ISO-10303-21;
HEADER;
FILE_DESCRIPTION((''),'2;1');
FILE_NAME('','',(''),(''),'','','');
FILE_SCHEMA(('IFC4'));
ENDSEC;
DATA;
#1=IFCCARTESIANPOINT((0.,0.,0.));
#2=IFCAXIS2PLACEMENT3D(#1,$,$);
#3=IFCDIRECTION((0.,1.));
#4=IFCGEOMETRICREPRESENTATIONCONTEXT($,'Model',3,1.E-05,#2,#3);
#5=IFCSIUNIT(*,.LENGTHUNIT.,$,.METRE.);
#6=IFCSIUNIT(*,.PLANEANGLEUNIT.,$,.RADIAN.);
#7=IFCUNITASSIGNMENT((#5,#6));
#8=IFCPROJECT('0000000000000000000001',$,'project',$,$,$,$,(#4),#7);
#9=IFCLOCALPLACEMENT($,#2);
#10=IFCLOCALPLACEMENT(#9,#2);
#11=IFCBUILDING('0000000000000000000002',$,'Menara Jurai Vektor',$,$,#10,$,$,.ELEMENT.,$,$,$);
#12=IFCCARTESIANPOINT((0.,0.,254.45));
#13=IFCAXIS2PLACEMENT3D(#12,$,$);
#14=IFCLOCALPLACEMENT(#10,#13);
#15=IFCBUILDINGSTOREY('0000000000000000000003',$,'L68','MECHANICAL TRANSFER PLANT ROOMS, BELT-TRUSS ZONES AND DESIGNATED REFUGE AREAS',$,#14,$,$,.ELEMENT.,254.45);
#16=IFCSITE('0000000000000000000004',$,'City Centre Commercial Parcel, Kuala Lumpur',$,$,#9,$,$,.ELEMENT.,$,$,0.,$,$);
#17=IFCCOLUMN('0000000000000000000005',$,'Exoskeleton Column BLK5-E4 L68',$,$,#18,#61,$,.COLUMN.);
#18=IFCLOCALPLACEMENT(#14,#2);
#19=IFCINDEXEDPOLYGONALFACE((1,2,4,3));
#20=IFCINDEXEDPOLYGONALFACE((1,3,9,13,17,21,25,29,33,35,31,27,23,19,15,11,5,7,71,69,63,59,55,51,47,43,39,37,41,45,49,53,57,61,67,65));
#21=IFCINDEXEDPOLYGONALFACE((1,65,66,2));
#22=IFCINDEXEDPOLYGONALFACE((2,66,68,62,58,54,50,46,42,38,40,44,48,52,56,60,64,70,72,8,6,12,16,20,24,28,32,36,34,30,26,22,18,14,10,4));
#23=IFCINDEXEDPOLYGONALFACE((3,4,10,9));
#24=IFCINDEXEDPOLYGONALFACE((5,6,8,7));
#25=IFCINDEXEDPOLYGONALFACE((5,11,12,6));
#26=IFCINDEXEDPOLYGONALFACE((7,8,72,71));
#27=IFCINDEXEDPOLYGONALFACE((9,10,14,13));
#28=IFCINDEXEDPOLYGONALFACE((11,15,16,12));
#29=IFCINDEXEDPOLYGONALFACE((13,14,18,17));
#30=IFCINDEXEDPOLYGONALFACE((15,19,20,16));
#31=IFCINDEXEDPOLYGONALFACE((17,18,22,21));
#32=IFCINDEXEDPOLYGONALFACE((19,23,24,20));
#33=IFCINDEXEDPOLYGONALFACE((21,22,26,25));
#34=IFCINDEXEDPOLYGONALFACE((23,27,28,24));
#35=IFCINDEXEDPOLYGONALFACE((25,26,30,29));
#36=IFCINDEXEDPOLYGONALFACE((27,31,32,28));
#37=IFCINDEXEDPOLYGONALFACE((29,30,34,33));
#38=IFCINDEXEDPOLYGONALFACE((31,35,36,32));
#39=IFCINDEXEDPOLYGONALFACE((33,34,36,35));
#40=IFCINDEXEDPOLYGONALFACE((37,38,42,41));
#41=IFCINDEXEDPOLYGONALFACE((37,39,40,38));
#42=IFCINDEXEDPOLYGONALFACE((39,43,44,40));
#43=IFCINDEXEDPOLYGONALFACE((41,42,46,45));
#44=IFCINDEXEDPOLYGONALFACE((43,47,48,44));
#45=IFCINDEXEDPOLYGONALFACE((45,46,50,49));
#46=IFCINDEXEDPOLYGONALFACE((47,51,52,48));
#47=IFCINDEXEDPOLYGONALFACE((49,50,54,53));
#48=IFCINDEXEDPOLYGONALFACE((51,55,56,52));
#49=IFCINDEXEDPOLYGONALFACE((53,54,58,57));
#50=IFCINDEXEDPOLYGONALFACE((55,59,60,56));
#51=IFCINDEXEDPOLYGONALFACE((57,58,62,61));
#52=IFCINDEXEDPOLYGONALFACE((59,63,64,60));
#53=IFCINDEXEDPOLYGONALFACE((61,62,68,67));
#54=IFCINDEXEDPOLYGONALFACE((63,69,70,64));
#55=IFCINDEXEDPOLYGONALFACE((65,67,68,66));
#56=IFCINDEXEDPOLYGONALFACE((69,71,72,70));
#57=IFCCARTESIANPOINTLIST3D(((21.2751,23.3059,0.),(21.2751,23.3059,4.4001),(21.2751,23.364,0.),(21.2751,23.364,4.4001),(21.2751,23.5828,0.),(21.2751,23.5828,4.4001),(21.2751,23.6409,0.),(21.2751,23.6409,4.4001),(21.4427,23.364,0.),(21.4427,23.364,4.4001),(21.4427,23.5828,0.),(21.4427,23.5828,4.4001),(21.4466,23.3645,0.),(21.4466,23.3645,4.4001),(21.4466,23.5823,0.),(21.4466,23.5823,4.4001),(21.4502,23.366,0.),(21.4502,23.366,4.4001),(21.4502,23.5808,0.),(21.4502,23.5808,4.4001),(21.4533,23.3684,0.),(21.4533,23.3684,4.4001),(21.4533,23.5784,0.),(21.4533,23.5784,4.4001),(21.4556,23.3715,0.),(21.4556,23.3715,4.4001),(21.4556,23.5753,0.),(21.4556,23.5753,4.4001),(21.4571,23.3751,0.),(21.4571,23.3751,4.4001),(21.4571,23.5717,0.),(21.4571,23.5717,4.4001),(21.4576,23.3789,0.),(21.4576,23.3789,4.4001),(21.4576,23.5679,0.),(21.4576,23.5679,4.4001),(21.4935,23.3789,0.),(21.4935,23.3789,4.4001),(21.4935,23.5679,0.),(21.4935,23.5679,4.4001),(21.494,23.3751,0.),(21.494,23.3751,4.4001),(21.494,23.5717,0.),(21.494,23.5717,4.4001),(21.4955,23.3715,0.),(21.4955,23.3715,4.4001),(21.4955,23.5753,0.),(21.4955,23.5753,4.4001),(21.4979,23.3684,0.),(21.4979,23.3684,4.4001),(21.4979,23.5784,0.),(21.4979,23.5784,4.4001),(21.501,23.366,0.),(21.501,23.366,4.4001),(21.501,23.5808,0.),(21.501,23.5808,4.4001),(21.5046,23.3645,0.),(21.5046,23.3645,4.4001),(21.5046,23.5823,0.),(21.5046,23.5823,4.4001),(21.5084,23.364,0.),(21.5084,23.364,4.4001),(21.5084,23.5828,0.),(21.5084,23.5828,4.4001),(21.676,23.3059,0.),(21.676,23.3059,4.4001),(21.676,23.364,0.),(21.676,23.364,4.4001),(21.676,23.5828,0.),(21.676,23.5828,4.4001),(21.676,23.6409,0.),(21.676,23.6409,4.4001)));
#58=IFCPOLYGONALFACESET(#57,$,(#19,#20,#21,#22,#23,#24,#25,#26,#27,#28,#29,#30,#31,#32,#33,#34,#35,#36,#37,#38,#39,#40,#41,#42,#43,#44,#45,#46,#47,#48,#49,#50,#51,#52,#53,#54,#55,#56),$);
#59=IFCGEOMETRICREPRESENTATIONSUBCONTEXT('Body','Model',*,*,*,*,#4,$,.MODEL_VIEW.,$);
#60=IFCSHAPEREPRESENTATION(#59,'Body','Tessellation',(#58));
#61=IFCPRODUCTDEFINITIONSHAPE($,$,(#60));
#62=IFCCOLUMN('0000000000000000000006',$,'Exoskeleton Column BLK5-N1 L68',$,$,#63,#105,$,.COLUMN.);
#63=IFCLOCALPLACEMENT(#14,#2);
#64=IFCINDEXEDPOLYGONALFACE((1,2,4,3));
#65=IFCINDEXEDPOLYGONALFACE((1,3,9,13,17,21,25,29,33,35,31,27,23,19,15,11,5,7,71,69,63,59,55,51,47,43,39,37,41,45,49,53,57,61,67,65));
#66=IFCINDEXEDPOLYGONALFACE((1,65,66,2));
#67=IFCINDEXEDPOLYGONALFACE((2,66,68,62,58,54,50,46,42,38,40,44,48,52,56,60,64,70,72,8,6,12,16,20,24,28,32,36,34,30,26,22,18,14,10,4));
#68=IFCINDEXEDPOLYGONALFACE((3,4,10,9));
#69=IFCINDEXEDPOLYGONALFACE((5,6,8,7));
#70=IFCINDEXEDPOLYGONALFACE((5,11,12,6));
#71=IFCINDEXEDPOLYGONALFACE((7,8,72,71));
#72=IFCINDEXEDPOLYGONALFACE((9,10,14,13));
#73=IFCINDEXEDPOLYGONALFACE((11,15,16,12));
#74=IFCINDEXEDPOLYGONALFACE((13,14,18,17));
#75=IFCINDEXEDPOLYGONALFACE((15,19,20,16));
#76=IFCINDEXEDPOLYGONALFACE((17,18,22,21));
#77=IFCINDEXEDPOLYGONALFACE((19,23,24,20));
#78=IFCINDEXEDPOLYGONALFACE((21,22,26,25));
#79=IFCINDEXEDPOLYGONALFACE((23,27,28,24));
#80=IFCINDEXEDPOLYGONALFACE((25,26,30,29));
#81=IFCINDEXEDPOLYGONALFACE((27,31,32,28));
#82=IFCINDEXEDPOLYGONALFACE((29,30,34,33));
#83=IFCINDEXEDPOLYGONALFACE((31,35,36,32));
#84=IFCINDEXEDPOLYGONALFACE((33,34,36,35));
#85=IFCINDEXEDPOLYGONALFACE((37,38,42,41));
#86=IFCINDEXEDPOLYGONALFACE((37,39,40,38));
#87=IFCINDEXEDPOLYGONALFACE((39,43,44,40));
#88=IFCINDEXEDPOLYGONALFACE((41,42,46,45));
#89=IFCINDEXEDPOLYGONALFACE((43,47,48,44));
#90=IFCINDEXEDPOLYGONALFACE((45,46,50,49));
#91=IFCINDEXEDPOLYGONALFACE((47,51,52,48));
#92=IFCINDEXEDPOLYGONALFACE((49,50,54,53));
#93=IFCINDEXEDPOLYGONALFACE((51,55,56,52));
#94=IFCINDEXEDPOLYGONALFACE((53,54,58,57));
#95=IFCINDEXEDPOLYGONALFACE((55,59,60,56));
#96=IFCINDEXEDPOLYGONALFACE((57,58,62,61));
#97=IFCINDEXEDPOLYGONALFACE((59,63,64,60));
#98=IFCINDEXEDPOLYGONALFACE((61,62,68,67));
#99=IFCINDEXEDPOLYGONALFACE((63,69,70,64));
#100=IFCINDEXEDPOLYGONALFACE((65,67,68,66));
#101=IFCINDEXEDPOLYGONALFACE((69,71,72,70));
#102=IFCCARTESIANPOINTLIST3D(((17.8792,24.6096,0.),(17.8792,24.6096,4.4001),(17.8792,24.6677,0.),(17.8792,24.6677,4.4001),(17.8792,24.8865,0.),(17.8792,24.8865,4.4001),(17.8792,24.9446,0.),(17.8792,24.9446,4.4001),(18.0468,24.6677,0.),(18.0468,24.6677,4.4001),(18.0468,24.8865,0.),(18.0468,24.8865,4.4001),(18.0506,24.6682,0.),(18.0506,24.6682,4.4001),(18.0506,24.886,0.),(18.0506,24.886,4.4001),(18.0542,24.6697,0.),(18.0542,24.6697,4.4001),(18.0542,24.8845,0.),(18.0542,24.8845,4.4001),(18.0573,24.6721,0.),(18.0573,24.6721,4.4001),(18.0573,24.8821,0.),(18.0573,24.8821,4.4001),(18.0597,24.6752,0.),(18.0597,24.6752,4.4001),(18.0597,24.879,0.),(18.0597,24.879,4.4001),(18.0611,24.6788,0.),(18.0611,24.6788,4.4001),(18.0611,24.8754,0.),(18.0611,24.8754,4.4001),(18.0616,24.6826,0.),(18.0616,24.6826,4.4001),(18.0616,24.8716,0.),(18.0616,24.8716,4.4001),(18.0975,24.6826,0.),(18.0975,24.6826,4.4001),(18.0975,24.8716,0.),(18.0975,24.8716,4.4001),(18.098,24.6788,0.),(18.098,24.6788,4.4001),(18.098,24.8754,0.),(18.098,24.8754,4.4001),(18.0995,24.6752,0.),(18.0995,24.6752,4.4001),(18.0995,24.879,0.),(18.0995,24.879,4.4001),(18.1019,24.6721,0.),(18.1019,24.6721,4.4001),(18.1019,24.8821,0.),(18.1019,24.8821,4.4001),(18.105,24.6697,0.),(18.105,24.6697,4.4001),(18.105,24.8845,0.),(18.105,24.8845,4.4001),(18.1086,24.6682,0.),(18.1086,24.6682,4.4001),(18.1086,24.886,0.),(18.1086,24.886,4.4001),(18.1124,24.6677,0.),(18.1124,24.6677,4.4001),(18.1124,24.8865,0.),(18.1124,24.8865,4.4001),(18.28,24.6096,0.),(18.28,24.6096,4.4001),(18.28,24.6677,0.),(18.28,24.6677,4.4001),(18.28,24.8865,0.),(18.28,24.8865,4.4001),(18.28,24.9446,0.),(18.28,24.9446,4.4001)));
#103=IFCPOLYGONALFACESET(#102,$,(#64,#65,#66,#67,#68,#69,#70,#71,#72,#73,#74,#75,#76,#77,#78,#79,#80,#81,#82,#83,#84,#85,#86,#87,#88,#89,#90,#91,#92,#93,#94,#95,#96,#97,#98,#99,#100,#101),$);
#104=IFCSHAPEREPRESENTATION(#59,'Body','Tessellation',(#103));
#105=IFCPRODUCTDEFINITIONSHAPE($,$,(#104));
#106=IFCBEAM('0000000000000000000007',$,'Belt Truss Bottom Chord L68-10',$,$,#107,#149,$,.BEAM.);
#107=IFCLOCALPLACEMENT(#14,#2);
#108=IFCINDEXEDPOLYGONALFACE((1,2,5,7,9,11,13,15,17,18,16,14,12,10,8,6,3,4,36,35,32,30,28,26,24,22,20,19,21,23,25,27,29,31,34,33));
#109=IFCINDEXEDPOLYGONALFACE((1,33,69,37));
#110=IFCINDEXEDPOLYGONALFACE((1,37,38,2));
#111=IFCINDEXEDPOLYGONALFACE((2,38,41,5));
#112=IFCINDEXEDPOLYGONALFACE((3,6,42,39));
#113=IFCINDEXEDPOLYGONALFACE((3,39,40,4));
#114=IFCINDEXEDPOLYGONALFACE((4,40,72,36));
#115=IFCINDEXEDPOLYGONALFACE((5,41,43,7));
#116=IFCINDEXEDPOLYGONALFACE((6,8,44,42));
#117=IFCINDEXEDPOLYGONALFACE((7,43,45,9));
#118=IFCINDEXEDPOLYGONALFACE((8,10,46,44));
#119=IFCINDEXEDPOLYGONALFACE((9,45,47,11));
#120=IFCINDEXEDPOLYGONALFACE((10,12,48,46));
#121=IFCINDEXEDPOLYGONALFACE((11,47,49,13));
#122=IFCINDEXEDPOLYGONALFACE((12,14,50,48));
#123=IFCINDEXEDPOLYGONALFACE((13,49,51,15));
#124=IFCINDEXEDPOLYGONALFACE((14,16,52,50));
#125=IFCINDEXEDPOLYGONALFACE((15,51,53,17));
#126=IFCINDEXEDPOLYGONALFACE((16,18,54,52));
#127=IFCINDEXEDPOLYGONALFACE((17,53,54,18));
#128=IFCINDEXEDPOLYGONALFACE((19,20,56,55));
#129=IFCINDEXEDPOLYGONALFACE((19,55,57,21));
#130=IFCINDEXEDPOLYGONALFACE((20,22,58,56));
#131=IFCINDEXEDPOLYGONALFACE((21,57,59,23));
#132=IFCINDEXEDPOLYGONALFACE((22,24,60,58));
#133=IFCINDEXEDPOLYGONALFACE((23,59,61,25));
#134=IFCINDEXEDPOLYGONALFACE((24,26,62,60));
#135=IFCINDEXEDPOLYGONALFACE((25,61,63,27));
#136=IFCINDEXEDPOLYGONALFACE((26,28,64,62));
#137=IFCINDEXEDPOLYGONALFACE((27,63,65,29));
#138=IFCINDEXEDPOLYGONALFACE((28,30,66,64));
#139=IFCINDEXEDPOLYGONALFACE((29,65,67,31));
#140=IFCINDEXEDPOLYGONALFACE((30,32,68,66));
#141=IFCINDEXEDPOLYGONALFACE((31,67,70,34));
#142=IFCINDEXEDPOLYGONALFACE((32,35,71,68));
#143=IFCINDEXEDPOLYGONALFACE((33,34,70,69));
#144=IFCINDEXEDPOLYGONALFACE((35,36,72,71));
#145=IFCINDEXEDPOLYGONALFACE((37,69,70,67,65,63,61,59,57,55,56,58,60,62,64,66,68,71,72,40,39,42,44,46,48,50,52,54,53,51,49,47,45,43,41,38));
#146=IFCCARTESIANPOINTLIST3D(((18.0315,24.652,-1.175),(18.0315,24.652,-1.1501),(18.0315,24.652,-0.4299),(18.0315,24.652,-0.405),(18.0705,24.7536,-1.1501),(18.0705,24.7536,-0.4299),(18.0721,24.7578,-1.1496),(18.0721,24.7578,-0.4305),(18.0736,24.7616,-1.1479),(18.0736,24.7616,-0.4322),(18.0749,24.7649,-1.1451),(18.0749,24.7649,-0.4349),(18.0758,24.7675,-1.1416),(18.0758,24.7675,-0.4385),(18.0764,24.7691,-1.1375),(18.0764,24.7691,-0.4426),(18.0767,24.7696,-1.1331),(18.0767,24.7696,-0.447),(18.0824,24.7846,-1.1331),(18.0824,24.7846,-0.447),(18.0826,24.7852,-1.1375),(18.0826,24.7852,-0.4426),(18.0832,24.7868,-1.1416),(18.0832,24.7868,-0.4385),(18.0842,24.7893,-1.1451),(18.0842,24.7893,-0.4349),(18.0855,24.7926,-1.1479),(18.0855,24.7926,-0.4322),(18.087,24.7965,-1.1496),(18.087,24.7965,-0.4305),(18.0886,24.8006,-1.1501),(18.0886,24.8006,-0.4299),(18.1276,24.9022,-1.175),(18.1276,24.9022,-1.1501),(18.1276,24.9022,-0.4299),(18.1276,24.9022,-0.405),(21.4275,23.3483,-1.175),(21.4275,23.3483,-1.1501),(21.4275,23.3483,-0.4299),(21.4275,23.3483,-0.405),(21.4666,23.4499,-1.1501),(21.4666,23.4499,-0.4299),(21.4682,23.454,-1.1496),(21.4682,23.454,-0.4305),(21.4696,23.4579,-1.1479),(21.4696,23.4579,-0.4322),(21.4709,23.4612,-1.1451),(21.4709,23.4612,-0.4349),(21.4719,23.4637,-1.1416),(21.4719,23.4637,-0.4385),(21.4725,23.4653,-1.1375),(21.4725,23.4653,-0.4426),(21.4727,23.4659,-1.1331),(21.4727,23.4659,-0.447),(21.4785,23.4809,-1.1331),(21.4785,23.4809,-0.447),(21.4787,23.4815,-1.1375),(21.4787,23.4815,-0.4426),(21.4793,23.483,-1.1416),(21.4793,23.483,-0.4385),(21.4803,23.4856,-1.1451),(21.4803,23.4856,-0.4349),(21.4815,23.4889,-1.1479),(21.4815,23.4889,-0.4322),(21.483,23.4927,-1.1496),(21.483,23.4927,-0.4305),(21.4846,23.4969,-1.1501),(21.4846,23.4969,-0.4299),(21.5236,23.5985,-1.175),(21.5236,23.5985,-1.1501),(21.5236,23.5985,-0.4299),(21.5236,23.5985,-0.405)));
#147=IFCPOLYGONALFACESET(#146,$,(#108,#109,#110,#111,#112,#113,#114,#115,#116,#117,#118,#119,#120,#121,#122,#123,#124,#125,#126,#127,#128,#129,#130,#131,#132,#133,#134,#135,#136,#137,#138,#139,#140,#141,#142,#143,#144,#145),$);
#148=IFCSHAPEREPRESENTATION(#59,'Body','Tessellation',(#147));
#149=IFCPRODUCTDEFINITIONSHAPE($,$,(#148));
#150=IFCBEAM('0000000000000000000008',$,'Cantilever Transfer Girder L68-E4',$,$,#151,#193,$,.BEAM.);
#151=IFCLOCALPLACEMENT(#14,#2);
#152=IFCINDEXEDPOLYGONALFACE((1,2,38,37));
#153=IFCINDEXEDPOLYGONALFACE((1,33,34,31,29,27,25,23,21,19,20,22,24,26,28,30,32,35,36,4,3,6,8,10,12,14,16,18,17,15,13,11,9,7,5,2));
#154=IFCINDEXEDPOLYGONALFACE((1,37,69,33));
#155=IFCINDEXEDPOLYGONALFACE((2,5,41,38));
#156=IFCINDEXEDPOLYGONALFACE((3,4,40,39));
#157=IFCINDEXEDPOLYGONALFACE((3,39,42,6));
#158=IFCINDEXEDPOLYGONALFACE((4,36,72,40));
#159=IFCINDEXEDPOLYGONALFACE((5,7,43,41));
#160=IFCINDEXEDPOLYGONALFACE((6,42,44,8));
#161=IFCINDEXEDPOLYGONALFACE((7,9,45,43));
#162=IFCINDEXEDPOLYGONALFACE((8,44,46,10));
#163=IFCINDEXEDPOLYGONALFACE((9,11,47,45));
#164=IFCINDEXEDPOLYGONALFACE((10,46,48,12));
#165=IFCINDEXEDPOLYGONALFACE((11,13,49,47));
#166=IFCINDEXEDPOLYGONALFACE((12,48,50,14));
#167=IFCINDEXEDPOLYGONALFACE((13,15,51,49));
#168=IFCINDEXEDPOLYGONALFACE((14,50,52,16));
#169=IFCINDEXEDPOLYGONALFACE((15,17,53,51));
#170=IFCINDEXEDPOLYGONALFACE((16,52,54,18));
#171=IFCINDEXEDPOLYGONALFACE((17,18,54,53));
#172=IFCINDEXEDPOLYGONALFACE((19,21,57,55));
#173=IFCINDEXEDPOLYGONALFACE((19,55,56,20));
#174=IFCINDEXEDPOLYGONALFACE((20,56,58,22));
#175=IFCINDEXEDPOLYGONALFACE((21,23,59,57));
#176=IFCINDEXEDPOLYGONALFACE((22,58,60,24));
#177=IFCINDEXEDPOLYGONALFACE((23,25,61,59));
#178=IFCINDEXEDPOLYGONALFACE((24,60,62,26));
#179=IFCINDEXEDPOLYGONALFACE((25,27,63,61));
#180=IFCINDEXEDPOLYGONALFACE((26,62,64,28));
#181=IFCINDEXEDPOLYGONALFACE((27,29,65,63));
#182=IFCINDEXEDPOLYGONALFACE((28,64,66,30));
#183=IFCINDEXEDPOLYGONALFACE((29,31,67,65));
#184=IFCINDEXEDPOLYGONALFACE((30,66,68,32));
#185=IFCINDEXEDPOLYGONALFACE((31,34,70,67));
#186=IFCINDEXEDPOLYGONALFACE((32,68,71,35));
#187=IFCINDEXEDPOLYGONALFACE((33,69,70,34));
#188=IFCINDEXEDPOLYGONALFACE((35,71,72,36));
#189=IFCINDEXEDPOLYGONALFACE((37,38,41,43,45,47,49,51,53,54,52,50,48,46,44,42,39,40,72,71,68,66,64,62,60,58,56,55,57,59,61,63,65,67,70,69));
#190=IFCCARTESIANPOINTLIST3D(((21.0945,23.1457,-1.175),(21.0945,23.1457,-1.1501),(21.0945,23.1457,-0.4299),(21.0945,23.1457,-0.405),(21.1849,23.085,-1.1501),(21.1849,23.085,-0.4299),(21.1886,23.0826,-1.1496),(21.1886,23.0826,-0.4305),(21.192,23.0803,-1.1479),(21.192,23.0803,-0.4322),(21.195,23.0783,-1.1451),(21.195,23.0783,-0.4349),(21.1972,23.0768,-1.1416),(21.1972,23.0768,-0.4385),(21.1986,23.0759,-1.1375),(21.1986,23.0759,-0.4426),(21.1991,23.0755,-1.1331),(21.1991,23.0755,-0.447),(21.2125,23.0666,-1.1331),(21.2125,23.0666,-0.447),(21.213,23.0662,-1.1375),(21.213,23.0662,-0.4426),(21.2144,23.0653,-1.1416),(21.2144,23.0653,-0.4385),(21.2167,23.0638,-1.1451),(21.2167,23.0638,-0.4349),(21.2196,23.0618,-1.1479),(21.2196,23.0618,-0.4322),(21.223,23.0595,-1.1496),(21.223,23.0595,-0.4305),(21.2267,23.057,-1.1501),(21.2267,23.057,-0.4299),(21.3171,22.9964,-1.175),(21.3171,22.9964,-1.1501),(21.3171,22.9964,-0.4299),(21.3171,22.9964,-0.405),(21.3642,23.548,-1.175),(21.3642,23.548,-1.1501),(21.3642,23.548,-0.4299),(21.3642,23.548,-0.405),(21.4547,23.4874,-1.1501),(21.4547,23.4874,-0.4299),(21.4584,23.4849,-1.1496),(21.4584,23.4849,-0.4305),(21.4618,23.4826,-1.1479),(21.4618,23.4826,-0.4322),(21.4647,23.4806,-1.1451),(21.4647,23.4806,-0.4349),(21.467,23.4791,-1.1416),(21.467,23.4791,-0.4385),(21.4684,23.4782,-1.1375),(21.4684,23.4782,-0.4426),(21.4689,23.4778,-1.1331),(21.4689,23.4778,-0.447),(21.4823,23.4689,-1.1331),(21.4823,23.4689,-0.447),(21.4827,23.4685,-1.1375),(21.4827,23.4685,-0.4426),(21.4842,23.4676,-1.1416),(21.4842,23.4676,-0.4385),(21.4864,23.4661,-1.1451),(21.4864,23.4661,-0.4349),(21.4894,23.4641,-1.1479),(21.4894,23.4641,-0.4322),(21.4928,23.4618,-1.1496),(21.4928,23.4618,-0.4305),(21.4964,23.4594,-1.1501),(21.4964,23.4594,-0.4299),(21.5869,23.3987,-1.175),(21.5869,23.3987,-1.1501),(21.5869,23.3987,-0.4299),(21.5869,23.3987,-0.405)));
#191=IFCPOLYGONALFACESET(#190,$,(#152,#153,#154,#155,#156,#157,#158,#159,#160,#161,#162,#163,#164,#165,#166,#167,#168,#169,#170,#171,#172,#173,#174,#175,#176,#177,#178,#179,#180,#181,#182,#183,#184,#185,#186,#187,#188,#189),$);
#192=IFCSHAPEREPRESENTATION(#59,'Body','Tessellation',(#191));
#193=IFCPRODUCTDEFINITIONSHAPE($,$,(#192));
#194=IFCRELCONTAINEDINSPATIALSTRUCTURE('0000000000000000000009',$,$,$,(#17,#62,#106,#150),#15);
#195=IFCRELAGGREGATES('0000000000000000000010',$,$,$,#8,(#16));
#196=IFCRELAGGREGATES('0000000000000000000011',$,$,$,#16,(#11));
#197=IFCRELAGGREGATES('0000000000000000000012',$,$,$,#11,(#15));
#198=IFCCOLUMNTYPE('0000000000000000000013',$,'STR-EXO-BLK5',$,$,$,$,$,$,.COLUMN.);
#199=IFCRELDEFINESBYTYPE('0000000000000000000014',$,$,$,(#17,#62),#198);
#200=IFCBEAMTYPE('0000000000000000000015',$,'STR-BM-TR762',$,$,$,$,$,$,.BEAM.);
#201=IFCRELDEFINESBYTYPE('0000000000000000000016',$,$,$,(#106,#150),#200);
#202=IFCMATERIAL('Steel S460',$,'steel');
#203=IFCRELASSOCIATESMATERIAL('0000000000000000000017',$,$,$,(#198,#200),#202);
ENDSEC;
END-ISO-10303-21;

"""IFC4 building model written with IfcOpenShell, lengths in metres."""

from ifc_helpers import new_model, si_unit, direction, frame, origin, origin_2d, place, context, subcontext, project, spatial, i_section, extrude, material, material_profile, profile_set, type_object, element, save


model = new_model("IFC4")

# Units and contexts
model_context = context("Model", 3, precision=1e-05, world=origin(), true_north=direction((0.0, 1.0)))
body_context = subcontext(model_context, "Body", "Model", "MODEL_VIEW")
ifc_project = project(units=[si_unit("LENGTHUNIT", "METRE"), si_unit("PLANEANGLEUNIT", "RADIAN")], contexts=[model_context])

# Site, building, storey
site_placement = place(None, origin())
site = spatial("IfcSite", under=ifc_project, at=site_placement, Name="City Centre Commercial Parcel, Kuala Lumpur", CompositionType="ELEMENT", RefElevation=0.0)
building_placement = place(site_placement, origin())
building = spatial("IfcBuilding", under=site, at=building_placement, Name="Menara Jurai Vektor", CompositionType="ELEMENT")
storey_placement = place(building_placement, frame((0.0, 0.0, 254.45)))
storey = spatial("IfcBuildingStorey", under=building, at=storey_placement, Name="L68", Description="MECHANICAL TRANSFER PLANT ROOMS, BELT-TRUSS ZONES AND DESIGNATED REFUGE AREAS", CompositionType="ELEMENT", Elevation=254.45)

# Columns
ifc_material_1 = material(Name="Steel S460", Category="steel")
ifc_material_profile_1 = material_profile(ifc_material_1, i_section(OverallWidth=0.4009, OverallDepth=0.335, WebThickness=0.0359, FlangeThickness=0.0581, FilletRadius=0.0149, at=origin_2d()), Name="HD 400x463")
ifc_profile_set_1 = profile_set([ifc_material_profile_1], Name="Steel S460")
column_type = type_object("IfcColumnType", Name="STR-EXO-BLK5", PredefinedType="COLUMN", material=ifc_profile_set_1)
for number, where, z_axis, x_axis, name in (
    (1, (21.4756, 23.4734, 0.0), (0.0, 0.0, 1.0), (1.0, 0.0, 0.0), "Exoskeleton Column BLK5-E4 L68"),
    (2, (18.0796, 24.7771, 0.0), (0.0, 0.0, 1.0), (1.0, 0.0, 0.0), "Exoskeleton Column BLK5-N1 L68"),
):
    element("IfcColumn", number, at=place(storey_placement, frame(where, z_axis=z_axis, x_axis=x_axis)), inside=storey, type_object=column_type, Name=name, PredefinedType="COLUMN", context=body_context, shape_type="SweptSolid", body=[
        extrude(i_section(OverallWidth=0.4009, OverallDepth=0.335, WebThickness=0.0359, FlangeThickness=0.0581, FilletRadius=0.0149, at=origin_2d()), origin(), (0.0, 0.0, 1.0), 4.4001),
    ])

# Beams
ifc_material_profile_2 = material_profile(ifc_material_1, i_section(OverallWidth=0.2681, OverallDepth=0.77, WebThickness=0.0161, FlangeThickness=0.0249, FilletRadius=0.0171, at=origin_2d()), Name="UKB 762x267x197")
ifc_profile_set_2 = profile_set([ifc_material_profile_2], Name="Steel S460")
beam_type_1 = type_object("IfcBeamType", Name="STR-BM-TR762", PredefinedType="BEAM", material=ifc_profile_set_2)
beam_1_placement = place(storey_placement, frame((21.4756, 23.4734, -0.79), z_axis=(-0.93357, 0.358394, 0.0), x_axis=(-0.358394, -0.93357, 0.0)))
element("IfcBeam", 3, at=beam_1_placement, inside=storey, type_object=beam_type_1, Name="Belt Truss Bottom Chord L68-10", PredefinedType="BEAM", context=body_context, shape_type="SweptSolid", body=[
    extrude(i_section(OverallWidth=0.2681, OverallDepth=0.77, WebThickness=0.0161, FlangeThickness=0.0249, FilletRadius=0.0171, at=origin_2d()), origin(), (0.0, 0.0, 1.0), 3.6377),
])
beam_2_placement = place(storey_placement, frame((21.2058, 23.071, -0.79), z_axis=(0.556908, 0.830574, 0.0), x_axis=(-0.830574, 0.556908, 0.0)))
element("IfcBeam", 4, at=beam_2_placement, inside=storey, type_object=beam_type_1, Name="Cantilever Transfer Girder L68-E4", PredefinedType="BEAM", context=body_context, shape_type="SweptSolid", body=[
    extrude(i_section(OverallWidth=0.2681, OverallDepth=0.77, WebThickness=0.0161, FlangeThickness=0.0249, FilletRadius=0.0171, at=origin_2d()), origin(), (0.0, 0.0, 1.0), 0.4844),
])

save(model, "model.ifc")
